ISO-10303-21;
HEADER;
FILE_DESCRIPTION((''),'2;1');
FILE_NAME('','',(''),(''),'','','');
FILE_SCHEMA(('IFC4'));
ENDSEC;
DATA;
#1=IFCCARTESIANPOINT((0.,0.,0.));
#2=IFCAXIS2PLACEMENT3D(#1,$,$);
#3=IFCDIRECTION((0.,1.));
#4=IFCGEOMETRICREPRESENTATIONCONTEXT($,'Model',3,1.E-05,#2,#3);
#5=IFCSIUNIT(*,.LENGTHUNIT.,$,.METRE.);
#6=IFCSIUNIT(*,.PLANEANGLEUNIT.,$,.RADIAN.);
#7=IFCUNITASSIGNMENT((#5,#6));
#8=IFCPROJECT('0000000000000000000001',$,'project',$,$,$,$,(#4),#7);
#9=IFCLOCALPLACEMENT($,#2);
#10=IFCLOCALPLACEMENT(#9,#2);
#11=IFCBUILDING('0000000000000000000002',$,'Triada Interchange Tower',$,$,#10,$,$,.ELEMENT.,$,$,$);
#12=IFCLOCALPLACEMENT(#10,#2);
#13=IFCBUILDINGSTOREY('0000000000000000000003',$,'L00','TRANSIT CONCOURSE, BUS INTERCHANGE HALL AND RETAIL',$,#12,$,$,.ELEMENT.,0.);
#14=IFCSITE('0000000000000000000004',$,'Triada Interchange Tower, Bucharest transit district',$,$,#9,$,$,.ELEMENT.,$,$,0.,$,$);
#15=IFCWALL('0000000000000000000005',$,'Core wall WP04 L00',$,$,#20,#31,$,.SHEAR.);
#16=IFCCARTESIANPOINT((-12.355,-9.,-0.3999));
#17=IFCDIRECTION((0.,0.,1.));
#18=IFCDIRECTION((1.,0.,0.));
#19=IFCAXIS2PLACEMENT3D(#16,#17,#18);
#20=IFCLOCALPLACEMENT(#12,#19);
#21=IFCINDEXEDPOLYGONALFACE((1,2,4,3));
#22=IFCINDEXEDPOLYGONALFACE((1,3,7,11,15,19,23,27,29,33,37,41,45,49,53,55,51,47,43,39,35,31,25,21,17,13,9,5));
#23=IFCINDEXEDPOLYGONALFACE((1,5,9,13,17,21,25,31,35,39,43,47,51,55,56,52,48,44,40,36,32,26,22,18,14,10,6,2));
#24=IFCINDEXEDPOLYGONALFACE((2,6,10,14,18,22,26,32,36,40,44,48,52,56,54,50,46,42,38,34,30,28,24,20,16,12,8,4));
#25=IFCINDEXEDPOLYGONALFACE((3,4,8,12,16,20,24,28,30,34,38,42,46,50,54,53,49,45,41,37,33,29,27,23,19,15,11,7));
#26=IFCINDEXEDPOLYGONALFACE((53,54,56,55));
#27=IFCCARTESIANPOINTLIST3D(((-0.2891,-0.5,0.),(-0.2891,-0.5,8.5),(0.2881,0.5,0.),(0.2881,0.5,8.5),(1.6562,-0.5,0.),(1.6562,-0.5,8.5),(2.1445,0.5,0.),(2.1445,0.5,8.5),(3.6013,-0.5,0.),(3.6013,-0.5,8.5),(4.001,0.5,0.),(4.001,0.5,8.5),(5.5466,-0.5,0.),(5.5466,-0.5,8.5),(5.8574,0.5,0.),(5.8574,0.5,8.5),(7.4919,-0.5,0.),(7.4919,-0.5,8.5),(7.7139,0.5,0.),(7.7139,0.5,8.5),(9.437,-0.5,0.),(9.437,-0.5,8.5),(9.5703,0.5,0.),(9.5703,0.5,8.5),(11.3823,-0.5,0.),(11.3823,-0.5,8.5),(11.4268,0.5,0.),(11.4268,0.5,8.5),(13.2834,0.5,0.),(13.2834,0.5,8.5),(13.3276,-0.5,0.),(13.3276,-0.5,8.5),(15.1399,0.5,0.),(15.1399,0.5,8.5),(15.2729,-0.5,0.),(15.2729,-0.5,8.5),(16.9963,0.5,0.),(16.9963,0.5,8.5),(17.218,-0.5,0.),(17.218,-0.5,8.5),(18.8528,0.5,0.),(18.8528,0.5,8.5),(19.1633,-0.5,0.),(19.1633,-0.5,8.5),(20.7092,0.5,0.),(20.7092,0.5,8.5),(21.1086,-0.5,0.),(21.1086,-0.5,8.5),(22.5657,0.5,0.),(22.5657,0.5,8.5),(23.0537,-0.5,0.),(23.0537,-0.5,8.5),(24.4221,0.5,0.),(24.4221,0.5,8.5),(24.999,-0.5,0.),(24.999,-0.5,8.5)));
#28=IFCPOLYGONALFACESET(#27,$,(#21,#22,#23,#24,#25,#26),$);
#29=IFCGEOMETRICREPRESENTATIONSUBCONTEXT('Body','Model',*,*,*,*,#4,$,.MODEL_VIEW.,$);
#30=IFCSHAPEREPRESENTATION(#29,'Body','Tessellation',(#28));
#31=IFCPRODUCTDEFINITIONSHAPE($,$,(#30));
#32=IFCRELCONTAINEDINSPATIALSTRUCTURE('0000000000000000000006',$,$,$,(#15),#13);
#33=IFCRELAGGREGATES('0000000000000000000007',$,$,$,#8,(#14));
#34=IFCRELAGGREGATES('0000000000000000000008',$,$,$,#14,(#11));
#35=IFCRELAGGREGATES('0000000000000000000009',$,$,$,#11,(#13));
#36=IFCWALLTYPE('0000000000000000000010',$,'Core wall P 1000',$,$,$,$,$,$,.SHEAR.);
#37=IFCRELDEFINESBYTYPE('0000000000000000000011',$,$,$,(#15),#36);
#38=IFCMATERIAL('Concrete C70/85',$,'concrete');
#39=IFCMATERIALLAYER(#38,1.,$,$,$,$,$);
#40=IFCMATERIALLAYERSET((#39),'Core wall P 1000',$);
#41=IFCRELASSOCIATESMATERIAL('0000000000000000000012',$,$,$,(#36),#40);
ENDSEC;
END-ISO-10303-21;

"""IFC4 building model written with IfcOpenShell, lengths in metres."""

from ifc_helpers import new_model, si_unit, direction, frame, origin, place, context, subcontext, project, spatial, polyline, outline, extrude, material, layer, layer_set, type_object, element, save


model = new_model("IFC4")

# Units and contexts
model_context = context("Model", 3, precision=1e-05, world=origin(), true_north=direction((0.0, 1.0)))
body_context = subcontext(model_context, "Body", "Model", "MODEL_VIEW")
ifc_project = project(units=[si_unit("LENGTHUNIT", "METRE"), si_unit("PLANEANGLEUNIT", "RADIAN")], contexts=[model_context])

# Site, building, storey
site_placement = place(None, origin())
site = spatial("IfcSite", under=ifc_project, at=site_placement, Name="Triada Interchange Tower, Bucharest transit district", CompositionType="ELEMENT", RefElevation=0.0)
building_placement = place(site_placement, origin())
building = spatial("IfcBuilding", under=site, at=building_placement, Name="Triada Interchange Tower", CompositionType="ELEMENT")
storey_placement = place(building_placement, origin())
storey = spatial("IfcBuildingStorey", under=building, at=storey_placement, Name="L00", Description="TRANSIT CONCOURSE, BUS INTERCHANGE HALL AND RETAIL", CompositionType="ELEMENT", Elevation=0.0)

# Shared definitions
ifc_material_1 = material(Name="Concrete C70/85", Category="concrete")
ifc_layer_1 = layer(ifc_material_1, 1.0)
ifc_layer_set_1 = layer_set([ifc_layer_1], Name="Core wall P 1000")
wall_type_1 = type_object("IfcWallType", Name="Core wall P 1000", PredefinedType="SHEAR", material=ifc_layer_set_1)

# Wall
wall_1_placement = place(storey_placement, frame((-12.355, -9.0, -0.3999), z_axis=(0.0, 0.0, 1.0), x_axis=(1.0, 0.0, 0.0)))
element("IfcWall", 1, at=wall_1_placement, inside=storey, type_object=wall_type_1, Name="Core wall WP04 L00", PredefinedType="SHEAR", context=body_context, shape_type="SweptSolid", body=[
    extrude(outline(polyline([(-0.2891, -0.5), (1.6562, -0.5), (3.6013, -0.5), (5.5466, -0.5), (7.4919, -0.5), (9.437, -0.5), (11.3823, -0.5), (13.3276, -0.5), (15.2729, -0.5), (17.218, -0.5), (19.1633, -0.5), (21.1086, -0.5), (23.0537, -0.5), (24.999, -0.5), (24.4221, 0.5), (22.5657, 0.5), (20.7092, 0.5), (18.8528, 0.5), (16.9963, 0.5), (15.1399, 0.5), (13.2834, 0.5), (11.4268, 0.5), (9.5703, 0.5), (7.7139, 0.5), (5.8574, 0.5), (4.001, 0.5), (2.1445, 0.5), (0.2881, 0.5), (-0.2891, -0.5)])), origin(), (0.0, 0.0, 1.0), 8.5),
])

save(model, "model.ifc")
